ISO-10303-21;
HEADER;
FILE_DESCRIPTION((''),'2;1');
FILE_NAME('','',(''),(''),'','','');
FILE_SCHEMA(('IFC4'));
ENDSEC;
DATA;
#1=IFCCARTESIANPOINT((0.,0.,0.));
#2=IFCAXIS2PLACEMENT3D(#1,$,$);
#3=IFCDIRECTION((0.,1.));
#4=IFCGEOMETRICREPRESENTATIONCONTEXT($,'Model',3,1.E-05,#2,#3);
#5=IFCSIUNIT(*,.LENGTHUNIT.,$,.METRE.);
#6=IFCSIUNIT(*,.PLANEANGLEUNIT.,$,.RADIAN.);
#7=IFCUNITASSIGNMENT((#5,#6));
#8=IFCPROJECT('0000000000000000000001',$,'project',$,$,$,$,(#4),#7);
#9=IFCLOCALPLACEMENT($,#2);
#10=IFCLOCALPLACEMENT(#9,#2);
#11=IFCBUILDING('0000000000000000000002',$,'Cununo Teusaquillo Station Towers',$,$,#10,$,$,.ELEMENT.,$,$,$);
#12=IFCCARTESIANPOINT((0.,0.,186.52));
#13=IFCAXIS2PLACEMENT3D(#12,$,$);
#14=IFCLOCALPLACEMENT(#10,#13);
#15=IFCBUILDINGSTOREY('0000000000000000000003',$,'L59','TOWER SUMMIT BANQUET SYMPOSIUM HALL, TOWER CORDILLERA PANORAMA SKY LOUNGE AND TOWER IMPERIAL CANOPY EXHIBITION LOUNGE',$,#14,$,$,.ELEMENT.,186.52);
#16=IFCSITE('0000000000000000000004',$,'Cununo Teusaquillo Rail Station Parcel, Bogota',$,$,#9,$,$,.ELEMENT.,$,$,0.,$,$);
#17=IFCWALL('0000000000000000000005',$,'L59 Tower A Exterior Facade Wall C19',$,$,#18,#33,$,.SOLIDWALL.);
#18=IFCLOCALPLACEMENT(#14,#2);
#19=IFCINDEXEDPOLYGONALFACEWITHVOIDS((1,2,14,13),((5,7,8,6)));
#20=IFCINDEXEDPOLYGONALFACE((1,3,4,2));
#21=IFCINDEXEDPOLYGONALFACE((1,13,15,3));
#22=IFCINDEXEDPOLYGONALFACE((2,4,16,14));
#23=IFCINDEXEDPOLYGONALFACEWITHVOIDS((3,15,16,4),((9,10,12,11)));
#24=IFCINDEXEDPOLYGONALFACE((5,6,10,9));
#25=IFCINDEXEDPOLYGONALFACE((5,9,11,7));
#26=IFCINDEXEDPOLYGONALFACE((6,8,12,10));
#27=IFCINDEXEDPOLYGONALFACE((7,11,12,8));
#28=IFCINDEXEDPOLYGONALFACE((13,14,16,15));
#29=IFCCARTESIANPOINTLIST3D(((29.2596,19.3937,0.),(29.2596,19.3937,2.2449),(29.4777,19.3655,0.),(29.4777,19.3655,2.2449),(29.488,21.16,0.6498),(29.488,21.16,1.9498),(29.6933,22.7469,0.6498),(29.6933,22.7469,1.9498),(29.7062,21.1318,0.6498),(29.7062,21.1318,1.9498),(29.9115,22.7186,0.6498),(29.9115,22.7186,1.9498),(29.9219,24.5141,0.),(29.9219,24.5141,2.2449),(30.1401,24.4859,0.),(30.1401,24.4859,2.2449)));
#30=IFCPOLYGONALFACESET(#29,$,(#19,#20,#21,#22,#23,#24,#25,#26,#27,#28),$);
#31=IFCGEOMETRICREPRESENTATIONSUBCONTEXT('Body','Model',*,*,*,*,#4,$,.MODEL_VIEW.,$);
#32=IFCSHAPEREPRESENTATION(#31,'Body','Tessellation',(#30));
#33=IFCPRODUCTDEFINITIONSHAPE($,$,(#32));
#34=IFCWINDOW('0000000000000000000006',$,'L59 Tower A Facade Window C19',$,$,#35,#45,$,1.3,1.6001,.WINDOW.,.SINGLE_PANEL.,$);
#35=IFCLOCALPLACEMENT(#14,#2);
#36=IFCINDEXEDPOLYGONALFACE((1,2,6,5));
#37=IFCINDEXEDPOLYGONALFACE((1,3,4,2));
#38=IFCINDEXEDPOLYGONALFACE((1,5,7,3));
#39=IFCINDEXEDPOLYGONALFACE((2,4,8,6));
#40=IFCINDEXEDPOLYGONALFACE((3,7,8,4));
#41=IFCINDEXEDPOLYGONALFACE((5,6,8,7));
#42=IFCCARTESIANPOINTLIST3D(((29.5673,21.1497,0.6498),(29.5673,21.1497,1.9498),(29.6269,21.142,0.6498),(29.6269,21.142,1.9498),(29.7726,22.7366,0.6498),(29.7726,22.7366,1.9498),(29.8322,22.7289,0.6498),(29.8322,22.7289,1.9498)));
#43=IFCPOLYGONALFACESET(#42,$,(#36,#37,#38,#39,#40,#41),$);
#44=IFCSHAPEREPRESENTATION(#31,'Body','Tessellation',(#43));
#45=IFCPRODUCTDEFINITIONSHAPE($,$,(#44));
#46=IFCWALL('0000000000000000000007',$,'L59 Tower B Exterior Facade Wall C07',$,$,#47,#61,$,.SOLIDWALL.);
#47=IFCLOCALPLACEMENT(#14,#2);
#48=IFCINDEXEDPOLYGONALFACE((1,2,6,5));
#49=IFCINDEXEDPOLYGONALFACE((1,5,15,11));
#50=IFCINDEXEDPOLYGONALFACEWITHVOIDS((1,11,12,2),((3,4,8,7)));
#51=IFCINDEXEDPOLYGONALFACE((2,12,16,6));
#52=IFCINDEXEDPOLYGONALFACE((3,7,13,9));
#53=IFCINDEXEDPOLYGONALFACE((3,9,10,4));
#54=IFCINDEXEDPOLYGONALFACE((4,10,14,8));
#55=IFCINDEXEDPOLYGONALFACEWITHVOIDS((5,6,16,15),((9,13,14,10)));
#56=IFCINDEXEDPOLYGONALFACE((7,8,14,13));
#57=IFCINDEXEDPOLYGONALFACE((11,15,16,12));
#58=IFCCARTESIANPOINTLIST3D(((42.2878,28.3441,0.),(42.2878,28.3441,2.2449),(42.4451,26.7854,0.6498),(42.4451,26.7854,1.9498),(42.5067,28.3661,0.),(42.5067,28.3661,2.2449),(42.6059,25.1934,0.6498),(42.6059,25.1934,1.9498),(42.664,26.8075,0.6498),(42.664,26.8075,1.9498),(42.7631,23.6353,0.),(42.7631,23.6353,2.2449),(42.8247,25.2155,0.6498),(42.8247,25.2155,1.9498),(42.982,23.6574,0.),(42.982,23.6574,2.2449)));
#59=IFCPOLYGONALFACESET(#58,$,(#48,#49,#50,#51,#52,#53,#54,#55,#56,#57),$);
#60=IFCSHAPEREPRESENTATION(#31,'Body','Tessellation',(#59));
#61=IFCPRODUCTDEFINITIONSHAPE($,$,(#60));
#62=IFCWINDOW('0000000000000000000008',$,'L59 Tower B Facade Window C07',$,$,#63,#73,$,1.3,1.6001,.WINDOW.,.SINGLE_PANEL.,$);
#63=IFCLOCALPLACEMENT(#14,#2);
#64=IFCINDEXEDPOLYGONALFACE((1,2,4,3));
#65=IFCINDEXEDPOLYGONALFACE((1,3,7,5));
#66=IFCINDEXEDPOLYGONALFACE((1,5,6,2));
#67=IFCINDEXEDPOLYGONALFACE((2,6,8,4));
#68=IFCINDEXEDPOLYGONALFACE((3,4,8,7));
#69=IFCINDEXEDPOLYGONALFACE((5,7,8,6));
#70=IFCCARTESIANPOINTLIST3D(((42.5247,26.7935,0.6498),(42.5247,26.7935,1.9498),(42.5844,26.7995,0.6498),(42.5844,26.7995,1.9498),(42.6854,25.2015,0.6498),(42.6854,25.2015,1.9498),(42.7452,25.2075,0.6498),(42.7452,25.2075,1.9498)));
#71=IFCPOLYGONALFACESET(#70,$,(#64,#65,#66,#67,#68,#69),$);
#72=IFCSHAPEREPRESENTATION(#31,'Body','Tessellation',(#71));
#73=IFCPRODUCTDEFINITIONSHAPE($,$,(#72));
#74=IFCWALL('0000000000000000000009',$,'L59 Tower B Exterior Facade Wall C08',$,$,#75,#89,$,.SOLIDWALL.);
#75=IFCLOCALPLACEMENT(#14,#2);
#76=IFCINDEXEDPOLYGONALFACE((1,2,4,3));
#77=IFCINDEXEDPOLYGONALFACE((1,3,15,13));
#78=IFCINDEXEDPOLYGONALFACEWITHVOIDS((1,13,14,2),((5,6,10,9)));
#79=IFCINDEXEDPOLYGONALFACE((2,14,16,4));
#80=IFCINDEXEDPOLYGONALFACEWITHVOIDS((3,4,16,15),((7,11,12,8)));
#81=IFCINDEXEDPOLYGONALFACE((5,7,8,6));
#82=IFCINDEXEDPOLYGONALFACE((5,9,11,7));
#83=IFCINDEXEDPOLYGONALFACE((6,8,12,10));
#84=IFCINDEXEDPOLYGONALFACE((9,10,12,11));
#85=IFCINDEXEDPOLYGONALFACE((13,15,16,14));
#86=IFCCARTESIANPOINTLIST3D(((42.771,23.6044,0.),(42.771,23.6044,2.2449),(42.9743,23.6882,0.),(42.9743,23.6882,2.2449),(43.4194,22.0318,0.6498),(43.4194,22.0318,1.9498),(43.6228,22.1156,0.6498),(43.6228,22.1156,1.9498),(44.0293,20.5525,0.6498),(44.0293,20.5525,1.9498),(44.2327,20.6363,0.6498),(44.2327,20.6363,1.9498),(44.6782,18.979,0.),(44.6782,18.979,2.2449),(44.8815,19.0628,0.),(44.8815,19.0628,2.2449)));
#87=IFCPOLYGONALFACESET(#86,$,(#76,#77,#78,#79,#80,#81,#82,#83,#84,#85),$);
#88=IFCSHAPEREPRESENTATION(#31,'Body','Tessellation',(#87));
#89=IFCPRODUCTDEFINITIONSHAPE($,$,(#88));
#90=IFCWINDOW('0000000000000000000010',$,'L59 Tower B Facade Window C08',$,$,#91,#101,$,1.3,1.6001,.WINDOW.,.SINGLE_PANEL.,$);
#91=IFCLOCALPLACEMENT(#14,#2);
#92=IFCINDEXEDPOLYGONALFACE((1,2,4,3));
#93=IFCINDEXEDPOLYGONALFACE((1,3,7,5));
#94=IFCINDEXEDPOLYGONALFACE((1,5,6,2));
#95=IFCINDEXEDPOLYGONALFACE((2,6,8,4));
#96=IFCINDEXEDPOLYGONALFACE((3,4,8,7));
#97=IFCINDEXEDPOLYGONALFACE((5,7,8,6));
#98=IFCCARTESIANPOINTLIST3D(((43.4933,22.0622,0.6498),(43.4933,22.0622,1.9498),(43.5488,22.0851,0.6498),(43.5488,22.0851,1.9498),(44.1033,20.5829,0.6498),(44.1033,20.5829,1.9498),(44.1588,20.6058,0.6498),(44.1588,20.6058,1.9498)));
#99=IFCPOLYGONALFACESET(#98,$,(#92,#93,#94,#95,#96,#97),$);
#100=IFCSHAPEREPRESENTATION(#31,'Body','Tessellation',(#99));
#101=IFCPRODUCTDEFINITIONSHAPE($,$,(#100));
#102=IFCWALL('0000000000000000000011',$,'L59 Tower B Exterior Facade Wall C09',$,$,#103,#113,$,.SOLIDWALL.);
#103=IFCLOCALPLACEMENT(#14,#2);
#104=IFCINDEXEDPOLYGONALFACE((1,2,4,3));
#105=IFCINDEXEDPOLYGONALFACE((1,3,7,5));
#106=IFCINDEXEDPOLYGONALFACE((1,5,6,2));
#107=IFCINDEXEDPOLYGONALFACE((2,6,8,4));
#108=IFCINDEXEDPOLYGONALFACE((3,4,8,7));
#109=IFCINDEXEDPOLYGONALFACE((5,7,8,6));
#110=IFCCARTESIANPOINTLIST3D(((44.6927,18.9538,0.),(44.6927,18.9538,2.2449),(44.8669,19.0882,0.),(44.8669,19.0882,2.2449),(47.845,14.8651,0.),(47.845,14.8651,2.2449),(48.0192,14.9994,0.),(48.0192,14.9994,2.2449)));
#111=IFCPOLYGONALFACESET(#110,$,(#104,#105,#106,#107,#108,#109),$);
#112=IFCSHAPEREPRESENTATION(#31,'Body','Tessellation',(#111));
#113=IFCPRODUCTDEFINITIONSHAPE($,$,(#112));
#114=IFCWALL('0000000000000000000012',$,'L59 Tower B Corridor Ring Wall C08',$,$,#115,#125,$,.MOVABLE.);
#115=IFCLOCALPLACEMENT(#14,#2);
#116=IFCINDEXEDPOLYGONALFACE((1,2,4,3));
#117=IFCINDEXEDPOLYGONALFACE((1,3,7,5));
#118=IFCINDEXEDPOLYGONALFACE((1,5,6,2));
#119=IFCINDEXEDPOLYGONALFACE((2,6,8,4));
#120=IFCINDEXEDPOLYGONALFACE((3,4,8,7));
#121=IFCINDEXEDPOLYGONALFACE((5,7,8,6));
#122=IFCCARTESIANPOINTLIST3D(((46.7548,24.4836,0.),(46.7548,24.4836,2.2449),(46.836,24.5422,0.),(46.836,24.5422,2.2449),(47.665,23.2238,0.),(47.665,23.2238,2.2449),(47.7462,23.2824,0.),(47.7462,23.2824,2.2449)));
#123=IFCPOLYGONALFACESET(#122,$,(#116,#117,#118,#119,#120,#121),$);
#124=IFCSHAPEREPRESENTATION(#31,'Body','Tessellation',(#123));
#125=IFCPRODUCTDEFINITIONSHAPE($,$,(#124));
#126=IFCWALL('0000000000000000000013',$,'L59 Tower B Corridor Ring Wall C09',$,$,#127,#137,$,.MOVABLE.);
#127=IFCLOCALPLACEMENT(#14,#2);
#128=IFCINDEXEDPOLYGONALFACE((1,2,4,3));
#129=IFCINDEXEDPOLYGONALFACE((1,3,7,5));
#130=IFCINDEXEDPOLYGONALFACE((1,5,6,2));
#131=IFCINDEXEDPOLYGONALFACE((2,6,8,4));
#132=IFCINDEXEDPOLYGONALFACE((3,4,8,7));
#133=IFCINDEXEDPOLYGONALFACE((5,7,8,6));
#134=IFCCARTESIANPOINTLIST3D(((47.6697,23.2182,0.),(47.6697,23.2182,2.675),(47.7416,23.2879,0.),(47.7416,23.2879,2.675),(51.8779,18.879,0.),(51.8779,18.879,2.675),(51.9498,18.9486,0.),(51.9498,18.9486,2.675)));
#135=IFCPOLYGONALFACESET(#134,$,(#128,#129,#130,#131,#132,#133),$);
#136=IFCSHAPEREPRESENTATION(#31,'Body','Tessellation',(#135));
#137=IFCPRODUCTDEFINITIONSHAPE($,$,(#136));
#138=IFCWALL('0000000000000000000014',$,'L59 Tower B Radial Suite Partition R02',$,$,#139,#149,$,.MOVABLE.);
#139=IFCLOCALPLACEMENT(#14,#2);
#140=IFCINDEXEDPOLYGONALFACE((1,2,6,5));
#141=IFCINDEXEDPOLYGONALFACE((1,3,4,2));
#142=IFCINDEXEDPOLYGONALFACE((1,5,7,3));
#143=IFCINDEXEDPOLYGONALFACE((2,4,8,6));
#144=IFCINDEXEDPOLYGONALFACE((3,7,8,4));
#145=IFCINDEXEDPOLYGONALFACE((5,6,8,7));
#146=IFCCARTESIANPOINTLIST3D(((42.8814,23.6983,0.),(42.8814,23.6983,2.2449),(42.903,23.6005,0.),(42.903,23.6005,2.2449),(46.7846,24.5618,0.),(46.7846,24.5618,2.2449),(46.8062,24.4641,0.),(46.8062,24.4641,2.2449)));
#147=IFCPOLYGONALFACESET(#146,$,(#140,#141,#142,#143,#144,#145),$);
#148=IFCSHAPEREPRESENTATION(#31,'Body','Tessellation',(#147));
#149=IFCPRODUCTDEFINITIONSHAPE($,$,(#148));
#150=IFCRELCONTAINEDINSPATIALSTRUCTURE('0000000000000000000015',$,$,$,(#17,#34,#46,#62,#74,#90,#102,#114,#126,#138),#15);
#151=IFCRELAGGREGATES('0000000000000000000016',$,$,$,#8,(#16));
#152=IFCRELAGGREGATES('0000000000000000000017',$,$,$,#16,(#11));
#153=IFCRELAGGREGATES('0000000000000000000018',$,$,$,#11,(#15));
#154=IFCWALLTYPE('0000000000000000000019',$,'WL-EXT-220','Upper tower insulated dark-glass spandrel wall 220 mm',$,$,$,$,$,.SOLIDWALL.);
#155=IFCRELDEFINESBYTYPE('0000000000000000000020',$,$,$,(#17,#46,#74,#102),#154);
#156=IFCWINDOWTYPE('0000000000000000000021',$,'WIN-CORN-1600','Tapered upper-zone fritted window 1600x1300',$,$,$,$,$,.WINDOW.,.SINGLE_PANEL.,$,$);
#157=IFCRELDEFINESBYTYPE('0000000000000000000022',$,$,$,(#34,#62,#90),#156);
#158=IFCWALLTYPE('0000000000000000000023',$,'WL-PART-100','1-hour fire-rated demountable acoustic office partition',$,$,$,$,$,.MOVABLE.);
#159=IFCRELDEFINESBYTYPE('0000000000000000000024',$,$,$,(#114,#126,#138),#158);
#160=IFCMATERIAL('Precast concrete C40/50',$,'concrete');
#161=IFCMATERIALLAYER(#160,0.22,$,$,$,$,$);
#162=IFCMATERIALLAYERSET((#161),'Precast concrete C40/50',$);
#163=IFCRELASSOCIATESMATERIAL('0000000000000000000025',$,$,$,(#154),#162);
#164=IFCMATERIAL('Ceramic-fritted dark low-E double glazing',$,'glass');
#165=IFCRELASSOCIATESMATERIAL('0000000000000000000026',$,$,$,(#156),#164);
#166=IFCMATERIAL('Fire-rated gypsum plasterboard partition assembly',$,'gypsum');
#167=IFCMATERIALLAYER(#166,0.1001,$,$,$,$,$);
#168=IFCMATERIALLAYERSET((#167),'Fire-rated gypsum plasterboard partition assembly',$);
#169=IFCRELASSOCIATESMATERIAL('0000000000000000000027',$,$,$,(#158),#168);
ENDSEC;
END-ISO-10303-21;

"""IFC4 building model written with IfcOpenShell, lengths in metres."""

from ifc_helpers import new_model, si_unit, direction, frame, frame_2d, origin, place, context, subcontext, project, spatial, rectangle, extrude, source, transform, mapped, material, layer, layer_set, type_object, element, fill, save


model = new_model("IFC4")

# Units and contexts
model_context = context("Model", 3, precision=1e-05, world=origin(), true_north=direction((0.0, 1.0)))
body_context = subcontext(model_context, "Body", "Model", "MODEL_VIEW")
ifc_project = project(units=[si_unit("LENGTHUNIT", "METRE"), si_unit("PLANEANGLEUNIT", "RADIAN")], contexts=[model_context])

# Site, building, storey
site_placement = place(None, origin())
site = spatial("IfcSite", under=ifc_project, at=site_placement, Name="Cununo Teusaquillo Rail Station Parcel, Bogota", CompositionType="ELEMENT", RefElevation=0.0)
building_placement = place(site_placement, origin())
building = spatial("IfcBuilding", under=site, at=building_placement, Name="Cununo Teusaquillo Station Towers", CompositionType="ELEMENT")
storey_placement = place(building_placement, frame((0.0, 0.0, 186.52)))
storey = spatial("IfcBuildingStorey", under=building, at=storey_placement, Name="L59", Description="TOWER SUMMIT BANQUET SYMPOSIUM HALL, TOWER CORDILLERA PANORAMA SKY LOUNGE AND TOWER IMPERIAL CANOPY EXHIBITION LOUNGE", CompositionType="ELEMENT", Elevation=186.52)

# Shared definitions
ifc_material_1 = material(Name="Precast concrete C40/50", Category="concrete")
ifc_layer_1 = layer(ifc_material_1, 0.22)
ifc_layer_set_1 = layer_set([ifc_layer_1], Name="Precast concrete C40/50")
wall_type_1 = type_object("IfcWallType", Name="WL-EXT-220", Description="Upper tower insulated dark-glass spandrel wall 220 mm", PredefinedType="SOLIDWALL", material=ifc_layer_set_1)

# Walls, openings, windows
wall_1_placement = place(storey_placement, frame((30.031, 24.5, 0.0), z_axis=(0.0, 0.0, 1.0), x_axis=(-0.128288, -0.991737, 0.0)))
wall_1 = element("IfcWall", 1, at=wall_1_placement, inside=storey, type_object=wall_type_1, Name="L59 Tower A Exterior Facade Wall C19", PredefinedType="SOLIDWALL", context=body_context, shape_type="SweptSolid", body=[
    extrude(rectangle(XDim=5.1631, YDim=0.22, at=frame_2d((2.5815, 0.0))), origin(), (0.0, 0.0, 1.0), 2.2449),
])
shared_shape_1 = source(origin(), body_context, "Body", "SweptSolid", [
    extrude(rectangle(XDim=1.6001, YDim=1.3, at=frame_2d((0.8, 0.6499))), frame((0.0, 0.1199, 0.0), z_axis=(0.0, -1.0, 0.0), x_axis=(1.0, 0.0, 0.0)), (0.0, 0.0, 1.0), 0.24),
])
opening_1_placement = place(wall_1_placement, frame((1.782, 0.0, 0.6499)))
opening_1 = element("IfcOpeningElement", 2, at=opening_1_placement, cuts=wall_1, PredefinedType="OPENING", context=body_context, shape_type="MappedRepresentation", body=[
    mapped(shared_shape_1, transform((0.0, 0.0, 0.0), x_axis=(1.0, 0.0, 0.0), y_axis=(0.0, 1.0, 0.0), z_axis=(0.0, 0.0, 1.0), scale=1.0)),
])
ifc_material_2 = material(Name="Ceramic-fritted dark low-E double glazing", Category="glass")
window_type = type_object("IfcWindowType", Name="WIN-CORN-1600", Description="Tapered upper-zone fritted window 1600x1300", PartitioningType="SINGLE_PANEL", PredefinedType="WINDOW", material=ifc_material_2)
shared_shape_2 = source(origin(), body_context, "Body", "SweptSolid", [
    extrude(rectangle(XDim=1.6001, YDim=1.3, at=frame_2d((0.8, 0.6499))), frame((0.0, 0.03, 0.0), z_axis=(0.0, -1.0, 0.0), x_axis=(1.0, 0.0, 0.0)), (0.0, 0.0, 1.0), 0.0601),
])
window_1_placement = place(opening_1_placement, origin())
window_1 = element("IfcWindow", 3, at=window_1_placement, inside=storey, type_object=window_type, Name="L59 Tower A Facade Window C19", OverallHeight=1.3, OverallWidth=1.6001, PartitioningType="SINGLE_PANEL", PredefinedType="WINDOW", context=body_context, shape_type="MappedRepresentation", body=[
    mapped(shared_shape_2, transform((0.0, 0.0, 0.0), x_axis=(1.0, 0.0, 0.0), y_axis=(0.0, 1.0, 0.0), z_axis=(0.0, 0.0, 1.0), scale=1.0)),
])
fill(opening_1, window_1)
wall_2_placement = place(storey_placement, frame((42.8726, 23.6465, 0.0), z_axis=(0.0, 0.0, 1.0), x_axis=(-0.100438, 0.994943, 0.0)))
wall_2 = element("IfcWall", 4, at=wall_2_placement, inside=storey, type_object=wall_type_1, Name="L59 Tower B Exterior Facade Wall C07", PredefinedType="SOLIDWALL", context=body_context, shape_type="SweptSolid", body=[
    extrude(rectangle(XDim=4.7327, YDim=0.22, at=frame_2d((2.3662, 0.0))), origin(), (0.0, 0.0, 1.0), 2.2449),
])
opening_2_placement = place(wall_2_placement, frame((1.5659, 0.0, 0.6499)))
opening_2 = element("IfcOpeningElement", 5, at=opening_2_placement, cuts=wall_2, PredefinedType="OPENING", context=body_context, shape_type="MappedRepresentation", body=[
    mapped(shared_shape_1, transform((0.0, 0.0, 0.0), x_axis=(1.0, 0.0, 0.0), y_axis=(0.0, 1.0, 0.0), z_axis=(0.0, 0.0, 1.0), scale=1.0)),
])
window_2_placement = place(opening_2_placement, origin())
window_2 = element("IfcWindow", 6, at=window_2_placement, inside=storey, type_object=window_type, Name="L59 Tower B Facade Window C07", OverallHeight=1.3, OverallWidth=1.6001, PartitioningType="SINGLE_PANEL", PredefinedType="WINDOW", context=body_context, shape_type="MappedRepresentation", body=[
    mapped(shared_shape_2, transform((0.0, 0.0, 0.0), x_axis=(1.0, 0.0, 0.0), y_axis=(0.0, 1.0, 0.0), z_axis=(0.0, 0.0, 1.0), scale=1.0)),
])
fill(opening_2, window_2)
wall_3_placement = place(storey_placement, frame((44.7798, 19.021, 0.0), z_axis=(0.0, 0.0, 1.0), x_axis=(-0.381196, 0.924494, 0.0)))
wall_3 = element("IfcWall", 7, at=wall_3_placement, inside=storey, type_object=wall_type_1, Name="L59 Tower B Exterior Facade Wall C08", PredefinedType="SOLIDWALL", context=body_context, shape_type="SweptSolid", body=[
    extrude(rectangle(XDim=5.0032, YDim=0.22, at=frame_2d((2.5015, 0.0))), origin(), (0.0, 0.0, 1.0), 2.2449),
])
opening_3_placement = place(wall_3_placement, frame((1.7019, 0.0, 0.6499)))
opening_3 = element("IfcOpeningElement", 8, at=opening_3_placement, cuts=wall_3, PredefinedType="OPENING", context=body_context, shape_type="MappedRepresentation", body=[
    mapped(shared_shape_1, transform((0.0, 0.0, 0.0), x_axis=(1.0, 0.0, 0.0), y_axis=(0.0, 1.0, 0.0), z_axis=(0.0, 0.0, 1.0), scale=1.0)),
])
window_3_placement = place(opening_3_placement, origin())
window_3 = element("IfcWindow", 9, at=window_3_placement, inside=storey, type_object=window_type, Name="L59 Tower B Facade Window C08", OverallHeight=1.3, OverallWidth=1.6001, PartitioningType="SINGLE_PANEL", PredefinedType="WINDOW", context=body_context, shape_type="MappedRepresentation", body=[
    mapped(shared_shape_2, transform((0.0, 0.0, 0.0), x_axis=(1.0, 0.0, 0.0), y_axis=(0.0, 1.0, 0.0), z_axis=(0.0, 0.0, 1.0), scale=1.0)),
])
fill(opening_3, window_3)

# Walls
wall_4_placement = place(storey_placement, frame((47.9321, 14.9321, 0.0), z_axis=(0.0, 0.0, 1.0), x_axis=(-0.61057, 0.791963, 0.0)))
element("IfcWall", 10, at=wall_4_placement, inside=storey, type_object=wall_type_1, Name="L59 Tower B Exterior Facade Wall C09", PredefinedType="SOLIDWALL", context=body_context, shape_type="SweptSolid", body=[
    extrude(rectangle(XDim=5.1628, YDim=0.22, at=frame_2d((2.5815, 0.0))), origin(), (0.0, 0.0, 1.0), 2.2449),
])
ifc_material_3 = material(Name="Fire-rated gypsum plasterboard partition assembly", Category="gypsum")
ifc_layer_2 = layer(ifc_material_3, 0.1001)
ifc_layer_set_2 = layer_set([ifc_layer_2], Name="Fire-rated gypsum plasterboard partition assembly")
wall_type_2 = type_object("IfcWallType", Name="WL-PART-100", Description="1-hour fire-rated demountable acoustic office partition", PredefinedType="MOVABLE", material=ifc_layer_set_2)
wall_5_placement = place(storey_placement, frame((46.7954, 24.5129, 0.0), z_axis=(0.0, 0.0, 1.0), x_axis=(0.585628, -0.81058, 0.0)))
element("IfcWall", 11, at=wall_5_placement, inside=storey, type_object=wall_type_2, Name="L59 Tower B Corridor Ring Wall C08", PredefinedType="MOVABLE", context=body_context, shape_type="SweptSolid", body=[
    extrude(rectangle(XDim=1.5542, YDim=0.1001, at=frame_2d((0.7771, 0.0))), origin(), (0.0, 0.0, 1.0), 2.2449),
])
wall_6_placement = place(storey_placement, frame((47.7056, 23.2532, 0.0), z_axis=(0.0, 0.0, 1.0), x_axis=(0.696179, -0.717868, 0.0)))
element("IfcWall", 12, at=wall_6_placement, inside=storey, type_object=wall_type_2, Name="L59 Tower B Corridor Ring Wall C09", PredefinedType="MOVABLE", context=body_context, shape_type="SweptSolid", body=[
    extrude(rectangle(XDim=6.0447, YDim=0.1001, at=frame_2d((3.0225, 0.0))), origin(), (0.0, 0.0, 1.0), 2.675),
])
wall_7_placement = place(storey_placement, frame((46.7954, 24.5129, 0.0), z_axis=(0.0, 0.0, 1.0), x_axis=(-0.976389, -0.216019, 0.0)))
element("IfcWall", 13, at=wall_7_placement, inside=storey, type_object=wall_type_2, Name="L59 Tower B Radial Suite Partition R02", PredefinedType="MOVABLE", context=body_context, shape_type="SweptSolid", body=[
    extrude(rectangle(XDim=3.9976, YDim=0.1001, at=frame_2d((1.9988, 0.0))), origin(), (0.0, 0.0, 1.0), 2.2449),
])

save(model, "model.ifc")
